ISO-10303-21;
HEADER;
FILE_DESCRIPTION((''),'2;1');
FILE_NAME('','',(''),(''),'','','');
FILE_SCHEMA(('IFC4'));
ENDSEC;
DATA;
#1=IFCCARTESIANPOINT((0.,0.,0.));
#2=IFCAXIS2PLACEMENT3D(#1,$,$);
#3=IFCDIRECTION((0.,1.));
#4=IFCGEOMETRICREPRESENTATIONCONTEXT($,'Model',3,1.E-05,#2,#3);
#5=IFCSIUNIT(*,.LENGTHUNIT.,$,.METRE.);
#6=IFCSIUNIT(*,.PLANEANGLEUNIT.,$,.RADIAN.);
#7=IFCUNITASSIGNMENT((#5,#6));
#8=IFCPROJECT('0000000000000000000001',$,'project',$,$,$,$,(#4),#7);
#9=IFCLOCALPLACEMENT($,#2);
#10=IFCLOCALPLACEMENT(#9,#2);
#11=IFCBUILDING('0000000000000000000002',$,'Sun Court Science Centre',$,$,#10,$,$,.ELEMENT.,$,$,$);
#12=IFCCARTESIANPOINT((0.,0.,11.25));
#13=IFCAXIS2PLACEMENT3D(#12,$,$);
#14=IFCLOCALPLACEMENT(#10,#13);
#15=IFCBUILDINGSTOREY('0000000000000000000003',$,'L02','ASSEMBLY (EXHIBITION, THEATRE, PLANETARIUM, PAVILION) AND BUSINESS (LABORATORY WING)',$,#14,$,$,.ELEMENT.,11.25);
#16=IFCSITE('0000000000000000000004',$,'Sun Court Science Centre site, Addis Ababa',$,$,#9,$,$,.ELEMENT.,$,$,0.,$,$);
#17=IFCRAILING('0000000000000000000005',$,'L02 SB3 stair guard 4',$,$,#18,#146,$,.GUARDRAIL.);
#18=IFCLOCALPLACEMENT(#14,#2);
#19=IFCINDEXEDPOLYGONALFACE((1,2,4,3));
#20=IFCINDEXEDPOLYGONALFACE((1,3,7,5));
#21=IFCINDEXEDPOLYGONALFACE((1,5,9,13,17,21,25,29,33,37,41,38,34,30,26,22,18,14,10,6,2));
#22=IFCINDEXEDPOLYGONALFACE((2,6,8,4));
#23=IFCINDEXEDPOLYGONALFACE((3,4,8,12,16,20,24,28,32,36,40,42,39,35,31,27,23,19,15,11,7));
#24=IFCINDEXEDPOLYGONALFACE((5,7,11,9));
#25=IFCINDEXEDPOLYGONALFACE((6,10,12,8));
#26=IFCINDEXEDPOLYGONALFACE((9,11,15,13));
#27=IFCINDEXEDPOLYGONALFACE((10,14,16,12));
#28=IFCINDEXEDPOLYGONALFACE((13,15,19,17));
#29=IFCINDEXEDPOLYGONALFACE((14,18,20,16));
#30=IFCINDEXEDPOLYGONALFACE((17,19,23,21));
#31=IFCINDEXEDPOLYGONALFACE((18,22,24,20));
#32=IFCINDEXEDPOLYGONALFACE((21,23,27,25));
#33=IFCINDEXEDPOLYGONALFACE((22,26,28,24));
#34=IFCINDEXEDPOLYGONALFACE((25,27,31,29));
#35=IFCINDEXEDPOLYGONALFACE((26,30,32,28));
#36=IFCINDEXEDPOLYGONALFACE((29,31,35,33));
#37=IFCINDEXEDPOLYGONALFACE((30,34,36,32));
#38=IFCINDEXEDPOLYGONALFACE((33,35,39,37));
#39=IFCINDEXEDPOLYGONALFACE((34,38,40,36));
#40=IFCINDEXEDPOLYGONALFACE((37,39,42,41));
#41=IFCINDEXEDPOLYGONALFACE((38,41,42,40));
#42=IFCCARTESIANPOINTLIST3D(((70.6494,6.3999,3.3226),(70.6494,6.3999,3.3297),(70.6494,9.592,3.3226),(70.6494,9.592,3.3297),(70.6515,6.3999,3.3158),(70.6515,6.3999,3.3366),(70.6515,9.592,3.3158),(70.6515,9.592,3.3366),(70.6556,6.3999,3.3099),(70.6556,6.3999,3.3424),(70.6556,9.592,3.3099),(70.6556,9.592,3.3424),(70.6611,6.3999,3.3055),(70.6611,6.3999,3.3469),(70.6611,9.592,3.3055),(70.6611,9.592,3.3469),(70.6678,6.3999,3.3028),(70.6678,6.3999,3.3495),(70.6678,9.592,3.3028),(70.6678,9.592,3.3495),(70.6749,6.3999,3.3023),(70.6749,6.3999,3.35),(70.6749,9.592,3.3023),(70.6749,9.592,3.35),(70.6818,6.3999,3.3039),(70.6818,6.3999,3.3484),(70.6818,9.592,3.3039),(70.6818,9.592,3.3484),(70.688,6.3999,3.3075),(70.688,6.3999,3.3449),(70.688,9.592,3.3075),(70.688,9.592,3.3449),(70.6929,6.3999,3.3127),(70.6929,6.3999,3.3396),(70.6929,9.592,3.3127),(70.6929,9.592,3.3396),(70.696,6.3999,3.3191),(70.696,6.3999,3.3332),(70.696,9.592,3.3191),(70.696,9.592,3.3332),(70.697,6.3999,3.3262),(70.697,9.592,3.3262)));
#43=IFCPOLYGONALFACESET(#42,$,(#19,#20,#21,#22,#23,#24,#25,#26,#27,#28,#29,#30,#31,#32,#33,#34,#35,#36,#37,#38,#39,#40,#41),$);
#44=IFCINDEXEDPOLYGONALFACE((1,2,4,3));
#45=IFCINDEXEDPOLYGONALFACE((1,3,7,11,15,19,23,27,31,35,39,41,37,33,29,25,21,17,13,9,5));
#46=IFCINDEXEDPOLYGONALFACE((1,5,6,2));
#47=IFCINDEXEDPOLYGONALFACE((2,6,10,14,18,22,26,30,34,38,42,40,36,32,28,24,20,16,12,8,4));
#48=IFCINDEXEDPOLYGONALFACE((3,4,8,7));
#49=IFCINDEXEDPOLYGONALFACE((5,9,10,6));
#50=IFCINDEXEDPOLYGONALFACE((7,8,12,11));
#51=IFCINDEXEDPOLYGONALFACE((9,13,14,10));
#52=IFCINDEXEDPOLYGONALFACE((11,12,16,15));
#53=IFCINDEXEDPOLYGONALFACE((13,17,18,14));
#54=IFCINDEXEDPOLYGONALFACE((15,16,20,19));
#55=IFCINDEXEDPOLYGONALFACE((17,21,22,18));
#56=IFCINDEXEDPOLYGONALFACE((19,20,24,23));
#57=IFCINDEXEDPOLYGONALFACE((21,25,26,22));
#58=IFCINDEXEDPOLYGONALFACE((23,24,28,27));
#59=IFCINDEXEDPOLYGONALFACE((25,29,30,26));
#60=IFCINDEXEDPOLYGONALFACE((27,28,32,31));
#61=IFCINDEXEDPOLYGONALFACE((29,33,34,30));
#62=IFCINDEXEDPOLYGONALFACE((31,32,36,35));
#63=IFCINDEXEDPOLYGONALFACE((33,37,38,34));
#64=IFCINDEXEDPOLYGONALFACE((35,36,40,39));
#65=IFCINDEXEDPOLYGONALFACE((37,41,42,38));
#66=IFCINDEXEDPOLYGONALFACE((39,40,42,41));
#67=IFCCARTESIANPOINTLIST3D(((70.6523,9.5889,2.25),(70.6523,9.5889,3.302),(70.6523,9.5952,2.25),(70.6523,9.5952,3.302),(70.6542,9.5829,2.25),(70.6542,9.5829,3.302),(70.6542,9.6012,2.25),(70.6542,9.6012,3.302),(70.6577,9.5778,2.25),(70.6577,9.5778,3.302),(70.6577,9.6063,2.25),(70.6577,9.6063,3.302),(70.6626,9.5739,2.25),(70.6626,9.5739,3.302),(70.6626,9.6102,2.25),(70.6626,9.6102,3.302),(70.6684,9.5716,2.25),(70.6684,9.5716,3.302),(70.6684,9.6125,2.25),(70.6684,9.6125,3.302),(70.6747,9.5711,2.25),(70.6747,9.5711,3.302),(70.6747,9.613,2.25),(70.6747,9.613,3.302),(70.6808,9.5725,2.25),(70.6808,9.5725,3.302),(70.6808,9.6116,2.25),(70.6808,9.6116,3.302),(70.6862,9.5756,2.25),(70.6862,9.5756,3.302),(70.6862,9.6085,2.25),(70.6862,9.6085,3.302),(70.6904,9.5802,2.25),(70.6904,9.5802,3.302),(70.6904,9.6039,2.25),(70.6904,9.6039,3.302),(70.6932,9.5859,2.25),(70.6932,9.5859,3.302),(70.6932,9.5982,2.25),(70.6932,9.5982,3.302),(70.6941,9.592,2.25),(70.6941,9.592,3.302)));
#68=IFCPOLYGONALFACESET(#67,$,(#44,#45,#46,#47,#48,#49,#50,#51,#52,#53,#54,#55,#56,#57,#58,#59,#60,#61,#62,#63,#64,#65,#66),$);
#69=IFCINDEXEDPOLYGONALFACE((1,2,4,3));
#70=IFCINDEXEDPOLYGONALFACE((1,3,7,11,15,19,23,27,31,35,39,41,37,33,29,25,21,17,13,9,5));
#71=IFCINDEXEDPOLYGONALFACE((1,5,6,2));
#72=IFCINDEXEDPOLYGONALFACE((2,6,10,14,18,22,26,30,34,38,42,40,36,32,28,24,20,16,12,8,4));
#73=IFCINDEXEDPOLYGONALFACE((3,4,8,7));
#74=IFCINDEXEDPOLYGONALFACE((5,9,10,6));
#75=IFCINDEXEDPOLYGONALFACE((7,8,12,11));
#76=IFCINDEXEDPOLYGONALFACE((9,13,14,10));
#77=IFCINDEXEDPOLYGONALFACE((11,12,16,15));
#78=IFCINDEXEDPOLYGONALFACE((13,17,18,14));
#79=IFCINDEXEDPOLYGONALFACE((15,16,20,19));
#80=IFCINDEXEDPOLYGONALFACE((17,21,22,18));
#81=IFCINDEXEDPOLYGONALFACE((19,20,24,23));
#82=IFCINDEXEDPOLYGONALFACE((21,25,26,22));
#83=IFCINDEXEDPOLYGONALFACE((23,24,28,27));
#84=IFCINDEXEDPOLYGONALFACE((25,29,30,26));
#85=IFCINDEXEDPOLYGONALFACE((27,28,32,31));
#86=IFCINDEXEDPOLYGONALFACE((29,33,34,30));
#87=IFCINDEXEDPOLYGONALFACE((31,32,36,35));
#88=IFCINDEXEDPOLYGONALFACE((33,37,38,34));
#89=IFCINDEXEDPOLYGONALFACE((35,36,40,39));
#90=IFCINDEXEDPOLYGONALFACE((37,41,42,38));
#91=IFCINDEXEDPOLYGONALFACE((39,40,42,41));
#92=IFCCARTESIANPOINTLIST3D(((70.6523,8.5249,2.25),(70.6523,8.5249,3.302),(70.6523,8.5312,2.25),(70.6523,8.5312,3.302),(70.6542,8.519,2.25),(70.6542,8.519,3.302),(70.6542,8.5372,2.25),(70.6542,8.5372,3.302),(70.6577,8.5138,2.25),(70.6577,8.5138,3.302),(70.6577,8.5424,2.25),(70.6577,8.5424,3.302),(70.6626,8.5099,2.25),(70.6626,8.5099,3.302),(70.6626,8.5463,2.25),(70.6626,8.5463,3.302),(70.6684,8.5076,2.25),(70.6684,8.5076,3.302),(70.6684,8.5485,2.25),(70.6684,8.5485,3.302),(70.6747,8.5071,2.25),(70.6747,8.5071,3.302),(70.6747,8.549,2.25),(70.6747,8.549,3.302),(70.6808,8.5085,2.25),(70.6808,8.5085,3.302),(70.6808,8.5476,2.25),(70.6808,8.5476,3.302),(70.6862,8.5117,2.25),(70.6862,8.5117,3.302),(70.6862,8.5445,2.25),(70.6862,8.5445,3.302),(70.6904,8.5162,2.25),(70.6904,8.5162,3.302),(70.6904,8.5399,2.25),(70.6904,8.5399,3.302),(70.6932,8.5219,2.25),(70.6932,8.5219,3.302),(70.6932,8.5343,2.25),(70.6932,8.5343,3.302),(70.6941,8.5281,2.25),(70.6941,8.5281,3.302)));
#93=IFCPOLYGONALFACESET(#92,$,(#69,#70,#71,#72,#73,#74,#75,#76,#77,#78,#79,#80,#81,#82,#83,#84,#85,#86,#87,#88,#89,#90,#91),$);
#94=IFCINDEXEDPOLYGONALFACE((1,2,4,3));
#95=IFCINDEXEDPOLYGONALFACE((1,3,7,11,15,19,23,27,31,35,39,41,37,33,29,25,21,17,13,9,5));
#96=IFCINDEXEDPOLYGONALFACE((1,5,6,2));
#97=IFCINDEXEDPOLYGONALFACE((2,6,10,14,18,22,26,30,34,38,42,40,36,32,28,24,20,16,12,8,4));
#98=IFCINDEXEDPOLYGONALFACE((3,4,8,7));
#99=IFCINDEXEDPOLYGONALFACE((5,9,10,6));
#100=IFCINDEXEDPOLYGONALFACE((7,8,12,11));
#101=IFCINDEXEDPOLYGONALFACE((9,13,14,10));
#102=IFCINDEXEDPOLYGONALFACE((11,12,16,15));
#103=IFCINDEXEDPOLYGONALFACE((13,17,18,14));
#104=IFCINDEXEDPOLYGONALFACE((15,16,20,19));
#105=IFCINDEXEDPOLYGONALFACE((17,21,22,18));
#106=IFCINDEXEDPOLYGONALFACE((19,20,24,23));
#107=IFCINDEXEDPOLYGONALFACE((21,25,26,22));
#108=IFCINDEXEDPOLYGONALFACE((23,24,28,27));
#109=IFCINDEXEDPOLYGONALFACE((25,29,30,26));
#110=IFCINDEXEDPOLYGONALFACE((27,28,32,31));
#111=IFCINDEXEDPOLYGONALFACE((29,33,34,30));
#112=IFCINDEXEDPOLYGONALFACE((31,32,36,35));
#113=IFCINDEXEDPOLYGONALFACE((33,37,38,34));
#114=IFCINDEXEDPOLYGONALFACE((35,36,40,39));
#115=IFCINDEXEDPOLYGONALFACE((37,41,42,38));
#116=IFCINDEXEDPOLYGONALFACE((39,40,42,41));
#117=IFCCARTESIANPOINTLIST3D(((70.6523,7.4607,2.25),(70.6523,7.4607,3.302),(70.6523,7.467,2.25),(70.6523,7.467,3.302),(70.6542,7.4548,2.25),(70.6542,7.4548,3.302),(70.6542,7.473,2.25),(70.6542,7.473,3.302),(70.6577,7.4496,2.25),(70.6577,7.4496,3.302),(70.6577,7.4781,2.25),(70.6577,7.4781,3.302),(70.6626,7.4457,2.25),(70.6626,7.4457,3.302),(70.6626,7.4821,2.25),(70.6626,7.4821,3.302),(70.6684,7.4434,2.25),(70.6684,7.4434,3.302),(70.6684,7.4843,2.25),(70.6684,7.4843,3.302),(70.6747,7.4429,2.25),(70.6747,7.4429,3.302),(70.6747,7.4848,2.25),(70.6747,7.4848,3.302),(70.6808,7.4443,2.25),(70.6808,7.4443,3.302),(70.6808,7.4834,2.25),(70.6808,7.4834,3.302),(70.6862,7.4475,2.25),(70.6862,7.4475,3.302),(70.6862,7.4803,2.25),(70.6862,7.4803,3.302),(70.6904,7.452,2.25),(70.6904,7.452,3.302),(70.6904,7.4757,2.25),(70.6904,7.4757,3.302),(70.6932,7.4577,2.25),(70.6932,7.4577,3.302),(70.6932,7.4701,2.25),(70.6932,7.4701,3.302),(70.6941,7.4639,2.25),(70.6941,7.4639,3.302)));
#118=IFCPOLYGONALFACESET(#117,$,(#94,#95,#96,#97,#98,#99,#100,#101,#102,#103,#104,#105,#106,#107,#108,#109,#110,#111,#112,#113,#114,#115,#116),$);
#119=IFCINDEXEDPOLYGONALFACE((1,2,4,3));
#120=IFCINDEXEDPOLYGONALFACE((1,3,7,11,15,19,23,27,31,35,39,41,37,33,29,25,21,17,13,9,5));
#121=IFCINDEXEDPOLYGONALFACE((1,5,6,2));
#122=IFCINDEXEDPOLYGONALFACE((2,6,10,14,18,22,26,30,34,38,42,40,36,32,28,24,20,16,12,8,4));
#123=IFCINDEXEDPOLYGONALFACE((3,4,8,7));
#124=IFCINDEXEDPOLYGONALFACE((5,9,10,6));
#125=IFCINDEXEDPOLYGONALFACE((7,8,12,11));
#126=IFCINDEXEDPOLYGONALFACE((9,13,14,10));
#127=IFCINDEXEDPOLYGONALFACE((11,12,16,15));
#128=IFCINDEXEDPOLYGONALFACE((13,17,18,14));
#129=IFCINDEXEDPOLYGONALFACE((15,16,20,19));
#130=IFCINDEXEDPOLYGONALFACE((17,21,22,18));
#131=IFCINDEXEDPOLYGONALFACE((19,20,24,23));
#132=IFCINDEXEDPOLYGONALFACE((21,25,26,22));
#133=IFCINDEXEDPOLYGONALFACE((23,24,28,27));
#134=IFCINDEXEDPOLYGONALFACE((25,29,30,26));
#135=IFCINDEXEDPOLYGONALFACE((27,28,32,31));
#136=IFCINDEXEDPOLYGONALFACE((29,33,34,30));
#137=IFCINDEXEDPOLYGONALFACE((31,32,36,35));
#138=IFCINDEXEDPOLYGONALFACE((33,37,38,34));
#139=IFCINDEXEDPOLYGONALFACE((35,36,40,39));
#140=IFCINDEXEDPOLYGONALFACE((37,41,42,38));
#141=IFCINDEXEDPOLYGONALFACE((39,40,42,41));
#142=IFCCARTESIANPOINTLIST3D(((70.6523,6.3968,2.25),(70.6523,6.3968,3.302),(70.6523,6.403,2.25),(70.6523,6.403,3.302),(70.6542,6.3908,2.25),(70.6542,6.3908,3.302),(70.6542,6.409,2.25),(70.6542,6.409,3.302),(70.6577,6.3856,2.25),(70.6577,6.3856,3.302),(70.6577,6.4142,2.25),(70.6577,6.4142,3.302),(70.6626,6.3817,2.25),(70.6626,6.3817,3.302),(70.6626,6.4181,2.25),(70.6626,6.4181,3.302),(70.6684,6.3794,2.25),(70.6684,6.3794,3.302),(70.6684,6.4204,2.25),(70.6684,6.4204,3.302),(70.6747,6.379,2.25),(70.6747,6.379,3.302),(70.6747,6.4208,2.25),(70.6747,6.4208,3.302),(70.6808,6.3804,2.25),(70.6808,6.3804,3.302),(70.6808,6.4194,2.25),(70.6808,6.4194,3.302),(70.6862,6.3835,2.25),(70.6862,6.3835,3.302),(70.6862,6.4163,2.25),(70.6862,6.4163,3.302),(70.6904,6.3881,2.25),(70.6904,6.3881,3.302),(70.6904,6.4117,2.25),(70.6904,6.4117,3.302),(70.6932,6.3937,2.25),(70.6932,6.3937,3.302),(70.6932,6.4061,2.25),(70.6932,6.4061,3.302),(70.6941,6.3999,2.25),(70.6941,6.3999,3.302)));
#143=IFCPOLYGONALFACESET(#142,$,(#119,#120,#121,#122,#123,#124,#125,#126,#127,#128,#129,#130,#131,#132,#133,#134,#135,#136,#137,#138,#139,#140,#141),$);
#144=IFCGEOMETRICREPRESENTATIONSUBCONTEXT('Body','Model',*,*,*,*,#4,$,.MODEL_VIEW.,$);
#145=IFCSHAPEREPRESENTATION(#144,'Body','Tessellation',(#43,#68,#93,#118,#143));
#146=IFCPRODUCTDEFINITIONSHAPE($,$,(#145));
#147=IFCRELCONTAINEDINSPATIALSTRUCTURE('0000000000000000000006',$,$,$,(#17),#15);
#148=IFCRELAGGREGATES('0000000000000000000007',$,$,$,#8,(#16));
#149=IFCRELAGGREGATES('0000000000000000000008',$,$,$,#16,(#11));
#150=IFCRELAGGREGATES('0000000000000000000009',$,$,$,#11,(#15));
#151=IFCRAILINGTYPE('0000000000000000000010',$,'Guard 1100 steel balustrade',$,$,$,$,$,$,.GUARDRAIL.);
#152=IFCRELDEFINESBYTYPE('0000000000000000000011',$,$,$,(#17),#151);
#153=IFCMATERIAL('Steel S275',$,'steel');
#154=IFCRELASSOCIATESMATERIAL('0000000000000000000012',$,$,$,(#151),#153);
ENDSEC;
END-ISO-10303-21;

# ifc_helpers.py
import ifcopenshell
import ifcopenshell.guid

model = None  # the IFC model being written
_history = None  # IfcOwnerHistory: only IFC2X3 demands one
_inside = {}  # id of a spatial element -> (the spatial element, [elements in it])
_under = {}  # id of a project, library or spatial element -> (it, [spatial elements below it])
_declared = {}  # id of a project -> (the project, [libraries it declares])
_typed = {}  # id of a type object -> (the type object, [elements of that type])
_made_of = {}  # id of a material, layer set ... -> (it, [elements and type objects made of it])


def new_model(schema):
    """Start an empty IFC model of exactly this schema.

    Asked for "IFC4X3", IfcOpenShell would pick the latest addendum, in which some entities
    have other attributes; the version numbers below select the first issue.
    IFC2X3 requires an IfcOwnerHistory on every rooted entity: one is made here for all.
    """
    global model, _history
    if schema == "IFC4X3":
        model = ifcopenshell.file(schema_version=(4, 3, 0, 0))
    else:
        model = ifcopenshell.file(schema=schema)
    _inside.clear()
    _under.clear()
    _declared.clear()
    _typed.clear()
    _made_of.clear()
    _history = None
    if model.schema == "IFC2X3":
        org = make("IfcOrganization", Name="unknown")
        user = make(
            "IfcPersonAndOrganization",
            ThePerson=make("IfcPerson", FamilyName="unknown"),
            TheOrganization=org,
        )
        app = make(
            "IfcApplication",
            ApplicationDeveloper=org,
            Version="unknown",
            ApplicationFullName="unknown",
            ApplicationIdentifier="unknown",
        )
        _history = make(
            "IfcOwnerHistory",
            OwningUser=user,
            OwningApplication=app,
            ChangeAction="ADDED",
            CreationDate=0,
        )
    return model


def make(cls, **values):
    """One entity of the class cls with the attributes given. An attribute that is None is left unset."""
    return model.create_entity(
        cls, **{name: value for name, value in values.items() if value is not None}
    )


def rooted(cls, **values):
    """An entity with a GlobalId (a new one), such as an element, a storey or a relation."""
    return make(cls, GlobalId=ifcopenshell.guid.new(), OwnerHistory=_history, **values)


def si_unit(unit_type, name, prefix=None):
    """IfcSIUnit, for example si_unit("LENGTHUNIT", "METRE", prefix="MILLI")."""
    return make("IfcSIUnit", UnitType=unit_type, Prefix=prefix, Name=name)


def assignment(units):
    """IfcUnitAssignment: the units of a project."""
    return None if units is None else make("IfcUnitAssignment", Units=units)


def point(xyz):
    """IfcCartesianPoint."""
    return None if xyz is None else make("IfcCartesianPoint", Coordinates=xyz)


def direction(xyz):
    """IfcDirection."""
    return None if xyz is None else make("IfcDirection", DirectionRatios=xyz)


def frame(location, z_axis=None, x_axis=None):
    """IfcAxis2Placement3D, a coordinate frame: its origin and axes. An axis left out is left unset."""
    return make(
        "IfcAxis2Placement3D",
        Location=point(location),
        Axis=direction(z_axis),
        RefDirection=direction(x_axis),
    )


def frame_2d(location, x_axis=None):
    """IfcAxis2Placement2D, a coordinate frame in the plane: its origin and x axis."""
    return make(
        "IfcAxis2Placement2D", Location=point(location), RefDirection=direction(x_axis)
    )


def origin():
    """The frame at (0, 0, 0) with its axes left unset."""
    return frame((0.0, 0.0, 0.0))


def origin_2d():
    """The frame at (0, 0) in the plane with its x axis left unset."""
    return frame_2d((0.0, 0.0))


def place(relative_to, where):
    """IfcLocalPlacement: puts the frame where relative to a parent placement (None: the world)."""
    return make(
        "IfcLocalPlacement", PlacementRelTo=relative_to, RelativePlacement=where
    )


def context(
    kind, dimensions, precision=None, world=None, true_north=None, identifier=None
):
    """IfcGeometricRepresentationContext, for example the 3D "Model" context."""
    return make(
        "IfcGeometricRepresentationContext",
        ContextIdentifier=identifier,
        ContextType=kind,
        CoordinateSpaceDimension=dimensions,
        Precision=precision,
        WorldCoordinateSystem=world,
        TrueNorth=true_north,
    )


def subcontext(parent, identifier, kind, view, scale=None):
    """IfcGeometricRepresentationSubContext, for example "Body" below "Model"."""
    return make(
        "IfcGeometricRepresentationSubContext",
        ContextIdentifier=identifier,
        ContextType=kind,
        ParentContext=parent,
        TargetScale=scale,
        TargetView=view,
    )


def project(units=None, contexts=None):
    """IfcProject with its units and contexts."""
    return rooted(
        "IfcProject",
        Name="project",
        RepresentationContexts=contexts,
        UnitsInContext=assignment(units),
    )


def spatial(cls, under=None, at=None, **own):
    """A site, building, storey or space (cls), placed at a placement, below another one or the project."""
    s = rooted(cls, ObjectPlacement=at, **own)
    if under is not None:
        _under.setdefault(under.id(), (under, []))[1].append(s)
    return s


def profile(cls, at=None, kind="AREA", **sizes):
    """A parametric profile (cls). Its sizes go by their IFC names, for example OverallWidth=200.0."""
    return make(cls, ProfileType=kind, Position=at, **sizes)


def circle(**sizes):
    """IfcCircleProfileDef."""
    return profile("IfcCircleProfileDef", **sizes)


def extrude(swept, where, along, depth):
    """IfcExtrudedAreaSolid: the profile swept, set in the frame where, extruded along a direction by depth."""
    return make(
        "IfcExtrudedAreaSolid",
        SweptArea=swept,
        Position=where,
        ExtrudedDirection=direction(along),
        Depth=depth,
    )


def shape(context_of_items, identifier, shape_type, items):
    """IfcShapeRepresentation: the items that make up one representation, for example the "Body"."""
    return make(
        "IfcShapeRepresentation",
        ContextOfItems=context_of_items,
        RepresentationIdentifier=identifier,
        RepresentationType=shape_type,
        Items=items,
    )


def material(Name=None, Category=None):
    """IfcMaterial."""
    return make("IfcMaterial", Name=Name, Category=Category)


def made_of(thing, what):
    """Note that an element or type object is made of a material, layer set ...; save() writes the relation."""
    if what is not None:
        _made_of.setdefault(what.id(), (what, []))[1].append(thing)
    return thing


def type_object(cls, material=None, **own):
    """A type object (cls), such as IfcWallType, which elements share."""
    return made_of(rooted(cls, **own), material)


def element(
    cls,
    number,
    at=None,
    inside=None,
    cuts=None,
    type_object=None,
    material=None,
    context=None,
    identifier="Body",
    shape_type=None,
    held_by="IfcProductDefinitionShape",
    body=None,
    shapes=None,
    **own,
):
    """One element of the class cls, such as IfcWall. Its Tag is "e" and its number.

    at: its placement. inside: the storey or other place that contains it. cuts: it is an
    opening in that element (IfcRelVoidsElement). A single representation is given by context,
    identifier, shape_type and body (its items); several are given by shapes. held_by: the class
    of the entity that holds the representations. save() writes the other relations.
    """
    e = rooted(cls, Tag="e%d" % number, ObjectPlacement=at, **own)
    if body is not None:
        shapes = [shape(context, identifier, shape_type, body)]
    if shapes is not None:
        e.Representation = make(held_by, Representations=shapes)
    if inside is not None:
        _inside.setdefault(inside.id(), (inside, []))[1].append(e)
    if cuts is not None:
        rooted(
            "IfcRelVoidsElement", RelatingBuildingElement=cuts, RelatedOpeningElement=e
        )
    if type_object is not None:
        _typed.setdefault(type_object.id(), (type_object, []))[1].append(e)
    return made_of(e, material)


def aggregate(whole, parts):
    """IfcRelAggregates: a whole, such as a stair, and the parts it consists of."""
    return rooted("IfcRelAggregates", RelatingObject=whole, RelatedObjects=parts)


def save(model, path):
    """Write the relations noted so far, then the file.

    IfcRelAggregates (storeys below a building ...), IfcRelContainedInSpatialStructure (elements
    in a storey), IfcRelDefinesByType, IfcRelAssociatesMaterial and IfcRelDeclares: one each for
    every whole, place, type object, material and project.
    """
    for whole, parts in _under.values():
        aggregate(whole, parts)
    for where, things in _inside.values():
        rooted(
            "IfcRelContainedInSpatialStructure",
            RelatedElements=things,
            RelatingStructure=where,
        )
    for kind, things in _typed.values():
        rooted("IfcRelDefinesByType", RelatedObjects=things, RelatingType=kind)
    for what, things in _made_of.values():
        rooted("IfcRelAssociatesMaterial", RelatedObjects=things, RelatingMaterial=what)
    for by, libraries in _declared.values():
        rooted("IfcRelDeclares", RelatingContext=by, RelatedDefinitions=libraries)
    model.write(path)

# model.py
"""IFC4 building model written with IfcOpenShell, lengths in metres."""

from ifc_helpers import new_model, si_unit, direction, frame, origin, origin_2d, place, context, subcontext, project, spatial, circle, extrude, material, type_object, element, save


model = new_model("IFC4")

# Units and contexts
model_context = context("Model", 3, precision=1e-05, world=origin(), true_north=direction((0.0, 1.0)))
body_context = subcontext(model_context, "Body", "Model", "MODEL_VIEW")
ifc_project = project(units=[si_unit("LENGTHUNIT", "METRE"), si_unit("PLANEANGLEUNIT", "RADIAN")], contexts=[model_context])

# Site, building, storey
site_placement = place(None, origin())
site = spatial("IfcSite", under=ifc_project, at=site_placement, Name="Sun Court Science Centre site, Addis Ababa", CompositionType="ELEMENT", RefElevation=0.0)
building_placement = place(site_placement, origin())
building = spatial("IfcBuilding", under=site, at=building_placement, Name="Sun Court Science Centre", CompositionType="ELEMENT")
storey_placement = place(building_placement, frame((0.0, 0.0, 11.25)))
storey = spatial("IfcBuildingStorey", under=building, at=storey_placement, Name="L02", Description="ASSEMBLY (EXHIBITION, THEATRE, PLANETARIUM, PAVILION) AND BUSINESS (LABORATORY WING)", CompositionType="ELEMENT", Elevation=11.25)

# Railing
ifc_material_1 = material(Name="Steel S275", Category="steel")
railing_type_1 = type_object("IfcRailingType", Name="Guard 1100 steel balustrade", PredefinedType="GUARDRAIL", material=ifc_material_1)
railing_1_placement = place(storey_placement, frame((70.6731, 9.592, 2.25)))
element("IfcRailing", 1, at=railing_1_placement, inside=storey, type_object=railing_type_1, Name="L02 SB3 stair guard 4", PredefinedType="GUARDRAIL", context=body_context, shape_type="SweptSolid", body=[
    extrude(circle(Radius=0.0239, at=origin_2d()), frame((0.0, 0.0, 1.0762), z_axis=(0.0, -1.0, 0.0), x_axis=(1.0, 0.0, 0.0)), (0.0, 0.0, 1.0), 3.1921),
    extrude(circle(Radius=0.021, at=origin_2d()), origin(), (0.0, 0.0, 1.0), 1.052),
    extrude(circle(Radius=0.021, at=origin_2d()), frame((0.0, -1.064, 0.0)), (0.0, 0.0, 1.0), 1.052),
    extrude(circle(Radius=0.021, at=origin_2d()), frame((0.0, -2.1282, 0.0)), (0.0, 0.0, 1.0), 1.052),
    extrude(circle(Radius=0.021, at=origin_2d()), frame((0.0, -3.1921, 0.0)), (0.0, 0.0, 1.0), 1.052),
])

save(model, "model.ifc")
